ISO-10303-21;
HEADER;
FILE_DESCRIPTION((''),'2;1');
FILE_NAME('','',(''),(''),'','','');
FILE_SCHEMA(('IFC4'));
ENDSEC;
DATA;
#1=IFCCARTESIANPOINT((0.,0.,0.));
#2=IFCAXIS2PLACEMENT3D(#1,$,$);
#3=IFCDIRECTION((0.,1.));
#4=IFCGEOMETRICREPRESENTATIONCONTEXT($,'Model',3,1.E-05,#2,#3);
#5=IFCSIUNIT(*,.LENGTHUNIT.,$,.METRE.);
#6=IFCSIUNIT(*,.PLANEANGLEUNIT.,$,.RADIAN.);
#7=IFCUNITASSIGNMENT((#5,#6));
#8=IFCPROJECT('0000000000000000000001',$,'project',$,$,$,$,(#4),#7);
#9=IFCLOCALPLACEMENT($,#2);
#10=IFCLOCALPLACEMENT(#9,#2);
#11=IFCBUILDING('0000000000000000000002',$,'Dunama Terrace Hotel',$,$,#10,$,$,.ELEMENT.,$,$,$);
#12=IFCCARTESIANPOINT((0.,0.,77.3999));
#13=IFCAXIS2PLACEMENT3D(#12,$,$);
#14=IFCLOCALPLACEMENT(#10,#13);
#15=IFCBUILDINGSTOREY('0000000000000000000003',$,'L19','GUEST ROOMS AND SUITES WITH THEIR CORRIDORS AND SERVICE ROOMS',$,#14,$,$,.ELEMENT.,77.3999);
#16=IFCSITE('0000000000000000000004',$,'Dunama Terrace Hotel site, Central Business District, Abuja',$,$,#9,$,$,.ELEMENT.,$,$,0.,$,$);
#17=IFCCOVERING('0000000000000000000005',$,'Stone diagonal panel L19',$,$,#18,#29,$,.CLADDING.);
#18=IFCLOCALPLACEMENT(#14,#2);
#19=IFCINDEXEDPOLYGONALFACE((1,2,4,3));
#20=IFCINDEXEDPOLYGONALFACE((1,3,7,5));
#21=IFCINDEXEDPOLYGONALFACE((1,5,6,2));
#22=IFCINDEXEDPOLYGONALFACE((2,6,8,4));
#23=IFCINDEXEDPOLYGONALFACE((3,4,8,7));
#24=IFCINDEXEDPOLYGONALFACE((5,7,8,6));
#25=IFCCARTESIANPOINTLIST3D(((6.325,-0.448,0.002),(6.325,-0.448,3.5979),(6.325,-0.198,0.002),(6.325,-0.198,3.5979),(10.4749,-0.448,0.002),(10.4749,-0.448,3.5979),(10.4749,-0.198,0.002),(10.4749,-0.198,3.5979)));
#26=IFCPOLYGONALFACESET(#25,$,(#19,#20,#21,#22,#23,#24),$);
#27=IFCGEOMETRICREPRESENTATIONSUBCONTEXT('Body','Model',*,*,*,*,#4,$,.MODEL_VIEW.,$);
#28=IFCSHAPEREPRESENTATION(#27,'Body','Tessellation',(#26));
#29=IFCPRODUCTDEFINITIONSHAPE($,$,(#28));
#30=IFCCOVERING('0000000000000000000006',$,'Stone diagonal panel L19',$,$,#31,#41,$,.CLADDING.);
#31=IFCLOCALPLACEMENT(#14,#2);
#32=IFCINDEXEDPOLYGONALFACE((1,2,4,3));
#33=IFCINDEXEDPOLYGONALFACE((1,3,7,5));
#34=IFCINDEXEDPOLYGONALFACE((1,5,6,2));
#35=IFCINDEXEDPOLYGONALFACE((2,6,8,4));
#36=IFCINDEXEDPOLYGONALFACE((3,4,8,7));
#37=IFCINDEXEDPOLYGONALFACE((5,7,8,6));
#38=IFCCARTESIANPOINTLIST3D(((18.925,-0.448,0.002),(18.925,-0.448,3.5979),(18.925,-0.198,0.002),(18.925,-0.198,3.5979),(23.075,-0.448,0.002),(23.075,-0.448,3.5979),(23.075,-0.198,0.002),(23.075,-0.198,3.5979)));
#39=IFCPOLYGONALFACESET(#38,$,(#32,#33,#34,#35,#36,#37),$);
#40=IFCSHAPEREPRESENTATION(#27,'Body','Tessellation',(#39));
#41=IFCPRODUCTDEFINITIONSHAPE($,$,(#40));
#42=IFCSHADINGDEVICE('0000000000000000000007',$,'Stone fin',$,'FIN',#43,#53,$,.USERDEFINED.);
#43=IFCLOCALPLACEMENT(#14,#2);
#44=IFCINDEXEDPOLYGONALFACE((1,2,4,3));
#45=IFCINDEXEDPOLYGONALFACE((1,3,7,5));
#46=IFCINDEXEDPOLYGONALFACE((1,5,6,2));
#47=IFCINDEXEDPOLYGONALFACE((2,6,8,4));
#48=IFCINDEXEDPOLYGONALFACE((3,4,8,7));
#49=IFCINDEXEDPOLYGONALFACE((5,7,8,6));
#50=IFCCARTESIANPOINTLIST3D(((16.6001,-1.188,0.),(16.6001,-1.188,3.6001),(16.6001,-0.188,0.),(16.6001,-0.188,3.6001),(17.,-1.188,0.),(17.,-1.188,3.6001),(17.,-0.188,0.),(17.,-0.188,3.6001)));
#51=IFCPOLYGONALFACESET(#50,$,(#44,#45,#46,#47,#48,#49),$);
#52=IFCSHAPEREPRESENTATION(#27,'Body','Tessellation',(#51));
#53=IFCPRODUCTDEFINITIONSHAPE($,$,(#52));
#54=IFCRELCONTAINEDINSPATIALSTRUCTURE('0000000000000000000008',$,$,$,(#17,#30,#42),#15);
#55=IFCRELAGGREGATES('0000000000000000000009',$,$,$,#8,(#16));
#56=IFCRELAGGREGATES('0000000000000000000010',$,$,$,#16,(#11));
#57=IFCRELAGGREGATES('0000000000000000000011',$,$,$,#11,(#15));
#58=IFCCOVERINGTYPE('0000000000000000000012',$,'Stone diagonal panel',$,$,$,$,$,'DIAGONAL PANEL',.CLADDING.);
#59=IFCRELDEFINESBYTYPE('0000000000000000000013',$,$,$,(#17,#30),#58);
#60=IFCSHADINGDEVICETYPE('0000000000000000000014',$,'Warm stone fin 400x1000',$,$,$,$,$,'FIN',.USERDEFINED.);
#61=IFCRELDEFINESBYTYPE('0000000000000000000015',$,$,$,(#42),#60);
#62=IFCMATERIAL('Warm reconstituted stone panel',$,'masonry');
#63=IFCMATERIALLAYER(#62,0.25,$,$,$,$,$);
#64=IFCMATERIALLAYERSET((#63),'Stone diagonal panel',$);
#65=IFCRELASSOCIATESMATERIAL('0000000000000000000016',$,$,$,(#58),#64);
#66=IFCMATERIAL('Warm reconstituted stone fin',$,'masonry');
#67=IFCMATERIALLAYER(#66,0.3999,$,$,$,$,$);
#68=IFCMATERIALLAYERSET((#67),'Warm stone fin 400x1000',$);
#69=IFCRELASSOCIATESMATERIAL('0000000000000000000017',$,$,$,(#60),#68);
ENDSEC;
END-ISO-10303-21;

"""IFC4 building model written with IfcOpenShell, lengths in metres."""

from ifc_helpers import new_model, si_unit, direction, frame, origin, origin_2d, place, context, subcontext, project, spatial, rectangle, extrude, material, layer, layer_set, type_object, element, save


model = new_model("IFC4")

# Units and contexts
model_context = context("Model", 3, precision=1e-05, world=origin(), true_north=direction((0.0, 1.0)))
body_context = subcontext(model_context, "Body", "Model", "MODEL_VIEW")
ifc_project = project(units=[si_unit("LENGTHUNIT", "METRE"), si_unit("PLANEANGLEUNIT", "RADIAN")], contexts=[model_context])

# Site, building, storey
site_placement = place(None, origin())
site = spatial("IfcSite", under=ifc_project, at=site_placement, Name="Dunama Terrace Hotel site, Central Business District, Abuja", CompositionType="ELEMENT", RefElevation=0.0)
building_placement = place(site_placement, origin())
building = spatial("IfcBuilding", under=site, at=building_placement, Name="Dunama Terrace Hotel", CompositionType="ELEMENT")
storey_placement = place(building_placement, frame((0.0, 0.0, 77.3999)))
storey = spatial("IfcBuildingStorey", under=building, at=storey_placement, Name="L19", Description="GUEST ROOMS AND SUITES WITH THEIR CORRIDORS AND SERVICE ROOMS", CompositionType="ELEMENT", Elevation=77.3999)

# Coverings
ifc_material_1 = material(Name="Warm reconstituted stone panel", Category="masonry")
ifc_layer_1 = layer(ifc_material_1, 0.25)
ifc_layer_set_1 = layer_set([ifc_layer_1], Name="Stone diagonal panel")
covering_type = type_object("IfcCoveringType", Name="Stone diagonal panel", ElementType="DIAGONAL PANEL", PredefinedType="CLADDING", material=ifc_layer_set_1)
for number, where, z_axis, x_axis, name in (
    (1, (8.3999, -0.323, 0.002), (0.0, 0.0, 1.0), (1.0, 0.0, 0.0), "Stone diagonal panel L19"),
    (2, (21.0, -0.323, 0.002), (0.0, 0.0, 1.0), (1.0, 0.0, 0.0), "Stone diagonal panel L19"),
):
    element("IfcCovering", number, at=place(storey_placement, frame(where, z_axis=z_axis, x_axis=x_axis)), inside=storey, type_object=covering_type, Name=name, PredefinedType="CLADDING", context=body_context, shape_type="SweptSolid", body=[
        extrude(rectangle(XDim=4.1499, YDim=0.25, at=origin_2d()), origin(), (0.0, 0.0, 1.0), 3.5959),
    ])

# Shading device
ifc_material_2 = material(Name="Warm reconstituted stone fin", Category="masonry")
ifc_layer_2 = layer(ifc_material_2, 0.3999)
ifc_layer_set_2 = layer_set([ifc_layer_2], Name="Warm stone fin 400x1000")
shading_device_type = type_object("IfcShadingDeviceType", Name="Warm stone fin 400x1000", ElementType="FIN", PredefinedType="USERDEFINED", material=ifc_layer_set_2)
shading_device_placement = place(storey_placement, frame((16.8, -0.688, 0.0), z_axis=(0.0, 0.0, 1.0), x_axis=(1.0, 0.0, 0.0)))
element("IfcShadingDevice", 3, at=shading_device_placement, inside=storey, type_object=shading_device_type, Name="Stone fin", ObjectType="FIN", PredefinedType="USERDEFINED", context=body_context, shape_type="SweptSolid", body=[
    extrude(rectangle(XDim=0.3999, YDim=1.0, at=origin_2d()), origin(), (0.0, 0.0, 1.0), 3.6001),
])

save(model, "model.ifc")
